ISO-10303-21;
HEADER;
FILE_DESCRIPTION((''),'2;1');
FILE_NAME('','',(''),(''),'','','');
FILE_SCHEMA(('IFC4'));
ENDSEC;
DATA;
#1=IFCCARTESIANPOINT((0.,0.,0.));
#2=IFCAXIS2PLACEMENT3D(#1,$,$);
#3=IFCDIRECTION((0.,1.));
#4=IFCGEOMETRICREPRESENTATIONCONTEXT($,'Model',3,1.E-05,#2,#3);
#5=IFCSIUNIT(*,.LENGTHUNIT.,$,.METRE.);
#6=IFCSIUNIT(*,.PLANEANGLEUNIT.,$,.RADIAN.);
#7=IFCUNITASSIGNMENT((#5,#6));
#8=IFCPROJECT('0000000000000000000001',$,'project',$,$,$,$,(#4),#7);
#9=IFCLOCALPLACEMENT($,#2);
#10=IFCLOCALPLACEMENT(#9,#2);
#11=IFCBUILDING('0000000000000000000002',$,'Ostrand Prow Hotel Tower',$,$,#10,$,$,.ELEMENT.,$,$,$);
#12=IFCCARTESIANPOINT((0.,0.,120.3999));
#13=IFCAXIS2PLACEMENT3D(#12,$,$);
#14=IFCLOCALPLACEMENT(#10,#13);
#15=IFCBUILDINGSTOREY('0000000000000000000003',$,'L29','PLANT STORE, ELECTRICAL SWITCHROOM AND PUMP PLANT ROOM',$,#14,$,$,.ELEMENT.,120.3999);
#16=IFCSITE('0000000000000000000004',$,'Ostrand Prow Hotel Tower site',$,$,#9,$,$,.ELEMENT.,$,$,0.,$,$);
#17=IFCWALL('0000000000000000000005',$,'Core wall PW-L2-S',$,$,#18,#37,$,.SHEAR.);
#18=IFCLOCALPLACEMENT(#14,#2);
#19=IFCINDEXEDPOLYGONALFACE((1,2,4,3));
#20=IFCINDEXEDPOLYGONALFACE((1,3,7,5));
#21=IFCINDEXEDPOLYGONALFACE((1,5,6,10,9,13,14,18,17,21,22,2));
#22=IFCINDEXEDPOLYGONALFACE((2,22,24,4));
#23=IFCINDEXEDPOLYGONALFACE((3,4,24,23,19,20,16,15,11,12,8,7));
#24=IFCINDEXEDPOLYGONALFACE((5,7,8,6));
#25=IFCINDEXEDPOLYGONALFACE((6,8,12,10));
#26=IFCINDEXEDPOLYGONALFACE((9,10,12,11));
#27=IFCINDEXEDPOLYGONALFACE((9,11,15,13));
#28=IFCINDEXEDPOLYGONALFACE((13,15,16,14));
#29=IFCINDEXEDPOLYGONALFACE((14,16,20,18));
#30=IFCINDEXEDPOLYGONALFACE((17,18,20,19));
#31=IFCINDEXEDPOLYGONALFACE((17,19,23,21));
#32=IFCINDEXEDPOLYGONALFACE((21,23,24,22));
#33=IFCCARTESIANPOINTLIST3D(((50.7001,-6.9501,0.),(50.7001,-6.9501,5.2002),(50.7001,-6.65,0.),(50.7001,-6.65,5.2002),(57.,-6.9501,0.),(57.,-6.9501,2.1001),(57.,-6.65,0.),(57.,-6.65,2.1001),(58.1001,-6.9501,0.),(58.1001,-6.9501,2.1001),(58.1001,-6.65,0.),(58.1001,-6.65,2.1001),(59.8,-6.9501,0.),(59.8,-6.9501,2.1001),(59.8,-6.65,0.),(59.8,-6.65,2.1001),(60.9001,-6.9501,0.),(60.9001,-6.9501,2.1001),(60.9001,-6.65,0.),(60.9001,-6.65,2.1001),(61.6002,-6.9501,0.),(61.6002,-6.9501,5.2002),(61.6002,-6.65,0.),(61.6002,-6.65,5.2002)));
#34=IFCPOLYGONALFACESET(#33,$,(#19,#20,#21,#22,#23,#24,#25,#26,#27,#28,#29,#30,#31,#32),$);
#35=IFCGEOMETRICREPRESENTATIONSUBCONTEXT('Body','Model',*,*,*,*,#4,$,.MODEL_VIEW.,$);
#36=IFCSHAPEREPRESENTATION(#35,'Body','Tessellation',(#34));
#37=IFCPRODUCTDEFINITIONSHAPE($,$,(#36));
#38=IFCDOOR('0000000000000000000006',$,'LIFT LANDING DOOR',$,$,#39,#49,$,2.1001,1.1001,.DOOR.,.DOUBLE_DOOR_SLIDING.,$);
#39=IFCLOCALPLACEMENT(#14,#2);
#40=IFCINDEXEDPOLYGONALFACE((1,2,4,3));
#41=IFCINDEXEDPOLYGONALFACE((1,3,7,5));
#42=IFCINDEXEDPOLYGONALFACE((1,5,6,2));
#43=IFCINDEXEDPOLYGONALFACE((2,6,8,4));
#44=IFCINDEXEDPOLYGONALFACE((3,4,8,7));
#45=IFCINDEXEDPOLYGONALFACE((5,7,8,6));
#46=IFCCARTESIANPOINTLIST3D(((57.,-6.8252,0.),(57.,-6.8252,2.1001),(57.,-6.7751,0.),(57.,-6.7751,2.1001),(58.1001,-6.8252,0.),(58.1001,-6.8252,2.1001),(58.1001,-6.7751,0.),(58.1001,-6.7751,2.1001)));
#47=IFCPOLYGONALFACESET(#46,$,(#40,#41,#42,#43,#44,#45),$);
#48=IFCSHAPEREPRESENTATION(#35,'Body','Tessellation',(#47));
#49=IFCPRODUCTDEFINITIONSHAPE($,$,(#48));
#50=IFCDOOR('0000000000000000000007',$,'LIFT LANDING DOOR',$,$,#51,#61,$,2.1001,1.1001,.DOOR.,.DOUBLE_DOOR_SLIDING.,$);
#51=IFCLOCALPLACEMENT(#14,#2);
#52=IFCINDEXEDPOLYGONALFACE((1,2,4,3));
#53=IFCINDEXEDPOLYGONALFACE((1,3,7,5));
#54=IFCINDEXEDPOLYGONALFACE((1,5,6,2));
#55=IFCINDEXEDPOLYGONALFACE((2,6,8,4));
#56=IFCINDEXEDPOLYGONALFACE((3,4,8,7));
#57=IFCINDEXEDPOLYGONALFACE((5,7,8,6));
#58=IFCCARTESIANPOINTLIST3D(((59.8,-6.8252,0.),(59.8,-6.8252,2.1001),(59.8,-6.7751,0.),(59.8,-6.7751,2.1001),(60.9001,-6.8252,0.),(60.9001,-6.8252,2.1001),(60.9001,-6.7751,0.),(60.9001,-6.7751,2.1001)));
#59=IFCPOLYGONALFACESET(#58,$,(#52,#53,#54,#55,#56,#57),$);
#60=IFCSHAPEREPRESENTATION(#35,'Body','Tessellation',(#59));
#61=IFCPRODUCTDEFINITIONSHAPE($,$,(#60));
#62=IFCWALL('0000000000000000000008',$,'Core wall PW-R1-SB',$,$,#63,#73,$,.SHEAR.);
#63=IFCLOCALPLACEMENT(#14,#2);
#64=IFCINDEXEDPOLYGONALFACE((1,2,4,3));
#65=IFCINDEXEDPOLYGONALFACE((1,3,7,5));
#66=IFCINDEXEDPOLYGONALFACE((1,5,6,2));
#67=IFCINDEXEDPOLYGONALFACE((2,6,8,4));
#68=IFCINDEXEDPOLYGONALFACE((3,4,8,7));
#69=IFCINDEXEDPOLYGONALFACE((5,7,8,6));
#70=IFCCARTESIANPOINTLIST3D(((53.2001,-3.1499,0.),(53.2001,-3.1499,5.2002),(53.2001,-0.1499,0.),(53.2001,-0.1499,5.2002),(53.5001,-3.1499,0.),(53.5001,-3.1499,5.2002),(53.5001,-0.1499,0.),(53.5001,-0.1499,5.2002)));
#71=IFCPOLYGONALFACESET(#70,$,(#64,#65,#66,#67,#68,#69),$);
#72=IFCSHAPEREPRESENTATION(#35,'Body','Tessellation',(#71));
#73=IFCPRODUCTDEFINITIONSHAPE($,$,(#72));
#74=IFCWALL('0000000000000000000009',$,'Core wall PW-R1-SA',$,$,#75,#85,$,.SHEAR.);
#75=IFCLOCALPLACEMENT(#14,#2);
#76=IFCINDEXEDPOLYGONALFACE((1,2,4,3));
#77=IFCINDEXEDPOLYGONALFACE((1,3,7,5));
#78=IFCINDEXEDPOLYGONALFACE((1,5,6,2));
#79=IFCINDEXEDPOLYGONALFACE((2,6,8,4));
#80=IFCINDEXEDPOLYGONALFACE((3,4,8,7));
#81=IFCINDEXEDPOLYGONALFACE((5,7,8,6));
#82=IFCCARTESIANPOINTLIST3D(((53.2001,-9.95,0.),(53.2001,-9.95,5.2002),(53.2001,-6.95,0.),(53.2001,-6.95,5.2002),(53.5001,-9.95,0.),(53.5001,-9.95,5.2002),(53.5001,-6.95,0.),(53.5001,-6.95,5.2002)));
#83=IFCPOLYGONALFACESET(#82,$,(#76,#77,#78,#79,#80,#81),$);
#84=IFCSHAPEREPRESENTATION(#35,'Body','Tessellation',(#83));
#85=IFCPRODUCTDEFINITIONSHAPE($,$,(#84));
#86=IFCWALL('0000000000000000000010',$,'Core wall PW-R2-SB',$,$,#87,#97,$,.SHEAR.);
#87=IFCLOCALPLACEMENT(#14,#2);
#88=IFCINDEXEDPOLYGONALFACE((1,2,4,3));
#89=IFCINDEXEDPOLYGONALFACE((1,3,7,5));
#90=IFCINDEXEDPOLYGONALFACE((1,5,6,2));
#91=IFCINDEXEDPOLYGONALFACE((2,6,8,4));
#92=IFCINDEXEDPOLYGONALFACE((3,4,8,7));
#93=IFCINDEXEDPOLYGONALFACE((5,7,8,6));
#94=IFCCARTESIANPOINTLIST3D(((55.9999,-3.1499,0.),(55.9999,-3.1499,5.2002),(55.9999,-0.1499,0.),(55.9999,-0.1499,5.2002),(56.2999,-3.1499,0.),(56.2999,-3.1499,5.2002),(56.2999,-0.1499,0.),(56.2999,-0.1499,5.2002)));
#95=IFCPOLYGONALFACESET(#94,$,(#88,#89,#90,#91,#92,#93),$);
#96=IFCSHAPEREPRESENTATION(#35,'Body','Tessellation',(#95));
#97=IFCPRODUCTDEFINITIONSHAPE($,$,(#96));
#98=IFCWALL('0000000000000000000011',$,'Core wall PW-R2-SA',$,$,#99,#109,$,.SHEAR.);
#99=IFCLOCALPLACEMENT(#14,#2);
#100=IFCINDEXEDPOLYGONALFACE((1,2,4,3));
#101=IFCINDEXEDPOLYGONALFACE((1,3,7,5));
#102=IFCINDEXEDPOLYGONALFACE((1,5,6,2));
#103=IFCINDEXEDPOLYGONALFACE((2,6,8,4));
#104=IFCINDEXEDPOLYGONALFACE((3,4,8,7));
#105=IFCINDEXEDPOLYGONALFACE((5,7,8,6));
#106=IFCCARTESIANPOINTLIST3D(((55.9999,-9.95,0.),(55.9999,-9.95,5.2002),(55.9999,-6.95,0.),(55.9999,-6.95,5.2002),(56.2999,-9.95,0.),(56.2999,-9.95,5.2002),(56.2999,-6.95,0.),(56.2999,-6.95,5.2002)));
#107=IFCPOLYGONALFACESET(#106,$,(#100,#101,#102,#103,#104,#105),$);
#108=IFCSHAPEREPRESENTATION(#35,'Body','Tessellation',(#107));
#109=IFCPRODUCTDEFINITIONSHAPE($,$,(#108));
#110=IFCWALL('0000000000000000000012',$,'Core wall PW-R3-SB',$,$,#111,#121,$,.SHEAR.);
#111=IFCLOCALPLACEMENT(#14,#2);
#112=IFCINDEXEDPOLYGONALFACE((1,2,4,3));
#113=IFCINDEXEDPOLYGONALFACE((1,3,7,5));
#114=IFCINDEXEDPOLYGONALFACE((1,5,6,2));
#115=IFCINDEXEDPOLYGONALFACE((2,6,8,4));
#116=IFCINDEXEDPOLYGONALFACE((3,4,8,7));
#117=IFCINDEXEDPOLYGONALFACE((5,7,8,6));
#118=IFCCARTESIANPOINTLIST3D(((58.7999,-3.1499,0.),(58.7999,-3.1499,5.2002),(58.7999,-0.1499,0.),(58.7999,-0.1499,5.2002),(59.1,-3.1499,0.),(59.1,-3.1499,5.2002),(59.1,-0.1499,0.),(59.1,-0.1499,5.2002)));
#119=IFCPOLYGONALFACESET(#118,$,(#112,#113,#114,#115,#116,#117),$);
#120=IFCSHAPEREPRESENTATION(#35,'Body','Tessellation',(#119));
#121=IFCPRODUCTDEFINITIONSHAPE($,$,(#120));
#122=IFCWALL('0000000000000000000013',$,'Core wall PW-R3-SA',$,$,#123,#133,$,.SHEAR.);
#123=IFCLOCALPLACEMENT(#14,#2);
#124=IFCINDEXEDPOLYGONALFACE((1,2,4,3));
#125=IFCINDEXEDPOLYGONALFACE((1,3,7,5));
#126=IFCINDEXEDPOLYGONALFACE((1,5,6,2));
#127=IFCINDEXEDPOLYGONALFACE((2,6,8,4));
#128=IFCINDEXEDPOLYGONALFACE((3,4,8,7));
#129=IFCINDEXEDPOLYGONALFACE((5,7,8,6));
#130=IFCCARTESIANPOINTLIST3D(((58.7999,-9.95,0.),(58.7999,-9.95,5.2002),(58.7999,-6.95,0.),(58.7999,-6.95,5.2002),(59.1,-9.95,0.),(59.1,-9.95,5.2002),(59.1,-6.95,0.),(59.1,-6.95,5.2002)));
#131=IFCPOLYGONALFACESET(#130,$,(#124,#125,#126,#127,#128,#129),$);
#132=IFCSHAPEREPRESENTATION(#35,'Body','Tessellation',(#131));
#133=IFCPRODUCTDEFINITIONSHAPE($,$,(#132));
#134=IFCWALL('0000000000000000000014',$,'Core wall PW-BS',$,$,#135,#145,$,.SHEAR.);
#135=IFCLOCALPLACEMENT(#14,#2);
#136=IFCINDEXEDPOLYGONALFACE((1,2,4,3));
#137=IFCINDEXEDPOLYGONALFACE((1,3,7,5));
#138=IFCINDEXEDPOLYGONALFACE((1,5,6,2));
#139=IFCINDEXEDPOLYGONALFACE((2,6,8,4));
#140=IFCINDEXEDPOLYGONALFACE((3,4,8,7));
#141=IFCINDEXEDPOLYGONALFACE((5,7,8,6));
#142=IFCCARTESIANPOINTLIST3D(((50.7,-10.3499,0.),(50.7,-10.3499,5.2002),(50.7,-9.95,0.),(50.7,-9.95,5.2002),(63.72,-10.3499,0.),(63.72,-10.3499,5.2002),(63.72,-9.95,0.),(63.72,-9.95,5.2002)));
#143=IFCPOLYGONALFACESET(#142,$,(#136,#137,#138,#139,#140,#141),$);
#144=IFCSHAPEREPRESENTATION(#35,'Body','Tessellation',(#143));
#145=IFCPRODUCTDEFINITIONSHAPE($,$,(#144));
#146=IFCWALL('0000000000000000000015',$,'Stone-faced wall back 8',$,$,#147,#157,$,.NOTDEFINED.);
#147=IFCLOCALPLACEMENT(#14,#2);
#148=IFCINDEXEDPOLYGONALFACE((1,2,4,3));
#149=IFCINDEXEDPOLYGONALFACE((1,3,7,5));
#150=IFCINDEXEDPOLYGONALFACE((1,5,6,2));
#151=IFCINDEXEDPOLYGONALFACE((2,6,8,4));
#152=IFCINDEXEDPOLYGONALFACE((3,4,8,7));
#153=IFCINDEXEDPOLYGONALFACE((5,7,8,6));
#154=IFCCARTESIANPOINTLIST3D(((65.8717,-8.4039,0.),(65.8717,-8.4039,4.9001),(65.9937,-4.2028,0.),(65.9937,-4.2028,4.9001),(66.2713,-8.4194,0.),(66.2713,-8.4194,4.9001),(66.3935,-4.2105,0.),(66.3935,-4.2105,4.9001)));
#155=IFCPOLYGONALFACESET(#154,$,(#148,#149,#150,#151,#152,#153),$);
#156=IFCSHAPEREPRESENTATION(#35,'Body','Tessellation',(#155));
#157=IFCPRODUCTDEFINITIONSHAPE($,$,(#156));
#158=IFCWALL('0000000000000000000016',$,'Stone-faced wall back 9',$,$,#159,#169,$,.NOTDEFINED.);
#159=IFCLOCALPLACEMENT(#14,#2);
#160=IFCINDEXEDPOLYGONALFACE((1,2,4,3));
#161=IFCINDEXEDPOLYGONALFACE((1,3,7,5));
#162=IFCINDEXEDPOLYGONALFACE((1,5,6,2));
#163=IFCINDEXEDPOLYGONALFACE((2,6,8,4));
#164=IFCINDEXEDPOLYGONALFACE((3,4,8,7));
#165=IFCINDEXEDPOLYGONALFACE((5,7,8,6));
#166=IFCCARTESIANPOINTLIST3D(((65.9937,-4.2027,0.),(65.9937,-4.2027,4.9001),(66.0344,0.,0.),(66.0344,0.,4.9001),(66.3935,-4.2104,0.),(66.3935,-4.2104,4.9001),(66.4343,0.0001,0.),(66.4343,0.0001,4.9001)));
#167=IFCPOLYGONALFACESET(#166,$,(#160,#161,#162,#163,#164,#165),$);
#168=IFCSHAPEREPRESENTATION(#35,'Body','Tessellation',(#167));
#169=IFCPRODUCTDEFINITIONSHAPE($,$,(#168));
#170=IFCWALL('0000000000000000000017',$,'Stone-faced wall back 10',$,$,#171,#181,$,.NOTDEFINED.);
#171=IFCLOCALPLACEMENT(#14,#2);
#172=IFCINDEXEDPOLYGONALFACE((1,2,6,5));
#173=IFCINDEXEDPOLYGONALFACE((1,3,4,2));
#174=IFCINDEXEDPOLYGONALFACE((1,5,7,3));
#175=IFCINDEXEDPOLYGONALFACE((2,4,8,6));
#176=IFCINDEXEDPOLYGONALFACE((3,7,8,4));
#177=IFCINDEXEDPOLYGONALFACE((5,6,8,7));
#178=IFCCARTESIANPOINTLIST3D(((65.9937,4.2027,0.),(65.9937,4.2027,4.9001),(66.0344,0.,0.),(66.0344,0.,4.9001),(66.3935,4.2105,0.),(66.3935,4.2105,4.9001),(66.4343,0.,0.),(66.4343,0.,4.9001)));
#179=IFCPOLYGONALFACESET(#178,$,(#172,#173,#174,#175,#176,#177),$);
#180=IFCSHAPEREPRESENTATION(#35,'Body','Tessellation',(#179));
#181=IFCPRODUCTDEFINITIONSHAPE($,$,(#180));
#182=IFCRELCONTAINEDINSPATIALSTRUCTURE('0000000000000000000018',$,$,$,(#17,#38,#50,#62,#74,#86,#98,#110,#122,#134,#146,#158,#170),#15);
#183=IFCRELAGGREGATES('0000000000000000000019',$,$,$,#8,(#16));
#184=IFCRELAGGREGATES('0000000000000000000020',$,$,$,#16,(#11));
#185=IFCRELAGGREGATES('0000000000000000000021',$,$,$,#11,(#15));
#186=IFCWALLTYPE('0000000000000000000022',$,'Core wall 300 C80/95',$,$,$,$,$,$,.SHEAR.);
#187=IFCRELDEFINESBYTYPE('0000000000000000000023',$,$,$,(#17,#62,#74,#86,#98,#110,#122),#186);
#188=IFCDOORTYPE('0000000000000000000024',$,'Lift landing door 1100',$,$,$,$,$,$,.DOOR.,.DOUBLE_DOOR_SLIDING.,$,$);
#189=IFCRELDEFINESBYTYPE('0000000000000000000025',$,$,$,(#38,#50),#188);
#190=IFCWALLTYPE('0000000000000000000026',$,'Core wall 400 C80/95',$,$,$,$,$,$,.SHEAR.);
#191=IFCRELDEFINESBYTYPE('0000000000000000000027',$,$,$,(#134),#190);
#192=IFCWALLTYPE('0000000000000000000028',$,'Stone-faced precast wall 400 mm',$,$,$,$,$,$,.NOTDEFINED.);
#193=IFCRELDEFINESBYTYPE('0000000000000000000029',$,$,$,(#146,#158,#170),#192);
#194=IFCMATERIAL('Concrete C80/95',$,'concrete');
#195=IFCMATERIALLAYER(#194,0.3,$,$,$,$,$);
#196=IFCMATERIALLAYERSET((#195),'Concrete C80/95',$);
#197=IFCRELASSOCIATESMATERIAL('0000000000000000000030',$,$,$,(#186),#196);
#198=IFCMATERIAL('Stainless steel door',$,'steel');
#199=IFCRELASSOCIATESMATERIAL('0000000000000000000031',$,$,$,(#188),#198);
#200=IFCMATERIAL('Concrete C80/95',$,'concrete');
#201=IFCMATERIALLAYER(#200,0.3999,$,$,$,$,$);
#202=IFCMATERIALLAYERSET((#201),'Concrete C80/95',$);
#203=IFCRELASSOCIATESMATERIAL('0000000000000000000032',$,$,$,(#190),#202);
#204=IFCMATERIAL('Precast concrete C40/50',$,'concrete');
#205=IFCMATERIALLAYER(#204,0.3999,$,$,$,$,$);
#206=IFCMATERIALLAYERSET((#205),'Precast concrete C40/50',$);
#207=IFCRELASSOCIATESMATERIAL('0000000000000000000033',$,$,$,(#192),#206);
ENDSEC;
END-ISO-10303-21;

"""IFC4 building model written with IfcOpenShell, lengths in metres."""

from ifc_helpers import new_model, si_unit, direction, frame, frame_2d, origin, place, context, subcontext, project, spatial, polyline, rectangle, outline, extrude, material, layer, layer_set, type_object, element, fill, save


model = new_model("IFC4")

# Units and contexts
model_context = context("Model", 3, precision=1e-05, world=origin(), true_north=direction((0.0, 1.0)))
body_context = subcontext(model_context, "Body", "Model", "MODEL_VIEW")
ifc_project = project(units=[si_unit("LENGTHUNIT", "METRE"), si_unit("PLANEANGLEUNIT", "RADIAN")], contexts=[model_context])

# Site, building, storey
site_placement = place(None, origin())
site = spatial("IfcSite", under=ifc_project, at=site_placement, Name="Ostrand Prow Hotel Tower site", CompositionType="ELEMENT", RefElevation=0.0)
building_placement = place(site_placement, origin())
building = spatial("IfcBuilding", under=site, at=building_placement, Name="Ostrand Prow Hotel Tower", CompositionType="ELEMENT")
storey_placement = place(building_placement, frame((0.0, 0.0, 120.3999)))
storey = spatial("IfcBuildingStorey", under=building, at=storey_placement, Name="L29", Description="PLANT STORE, ELECTRICAL SWITCHROOM AND PUMP PLANT ROOM", CompositionType="ELEMENT", Elevation=120.3999)

# Shared definitions
ifc_material_1 = material(Name="Concrete C80/95", Category="concrete")
ifc_layer_1 = layer(ifc_material_1, 0.3)
ifc_layer_set_1 = layer_set([ifc_layer_1], Name="Concrete C80/95")
wall_type_1 = type_object("IfcWallType", Name="Core wall 300 C80/95", PredefinedType="SHEAR", material=ifc_layer_set_1)

# Wall, openings, doors
wall_1_placement = place(storey_placement, frame((50.7, -6.8, 0.0), z_axis=(0.0, 0.0, 1.0), x_axis=(1.0, 0.0, 0.0)))
wall_1 = element("IfcWall", 1, at=wall_1_placement, inside=storey, type_object=wall_type_1, Name="Core wall PW-L2-S", PredefinedType="SHEAR", context=body_context, shape_type="SweptSolid", body=[
    extrude(rectangle(XDim=10.9001, YDim=0.3, at=frame_2d((5.4502, 0.0))), origin(), (0.0, 0.0, 1.0), 5.2002),
])
opening_1_placement = place(wall_1_placement, frame((6.3, 0.0, 0.0)))
opening_1 = element("IfcOpeningElement", 2, at=opening_1_placement, cuts=wall_1, PredefinedType="OPENING", context=body_context, shape_type="SweptSolid", body=[
    extrude(rectangle(XDim=1.1001, YDim=2.1001, at=frame_2d((0.55, 1.05))), frame((0.0, 0.1599, 0.0), z_axis=(0.0, -1.0, 0.0), x_axis=(1.0, 0.0, 0.0)), (0.0, 0.0, 1.0), 0.3201),
])
opening_2_placement = place(wall_1_placement, frame((9.1001, 0.0, 0.0)))
opening_2 = element("IfcOpeningElement", 3, at=opening_2_placement, cuts=wall_1, PredefinedType="OPENING", context=body_context, shape_type="SweptSolid", body=[
    extrude(rectangle(XDim=1.1001, YDim=2.1001, at=frame_2d((0.55, 1.05))), frame((0.0, 0.1599, 0.0), z_axis=(0.0, -1.0, 0.0), x_axis=(1.0, 0.0, 0.0)), (0.0, 0.0, 1.0), 0.3201),
])
ifc_material_2 = material(Name="Stainless steel door", Category="steel")
door_type_1 = type_object("IfcDoorType", Name="Lift landing door 1100", OperationType="DOUBLE_DOOR_SLIDING", PredefinedType="DOOR", material=ifc_material_2)
door_1_placement = place(opening_1_placement, origin())
door_1 = element("IfcDoor", 4, at=door_1_placement, inside=storey, type_object=door_type_1, Name="LIFT LANDING DOOR", OperationType="DOUBLE_DOOR_SLIDING", OverallHeight=2.1001, OverallWidth=1.1001, PredefinedType="DOOR", context=body_context, shape_type="SweptSolid", body=[
    extrude(rectangle(XDim=1.1001, YDim=2.1001, at=frame_2d((0.55, 1.05))), frame((0.0, 0.0249, 0.0), z_axis=(0.0, -1.0, 0.0), x_axis=(1.0, 0.0, 0.0)), (0.0, 0.0, 1.0), 0.05),
])
fill(opening_1, door_1)
door_2_placement = place(opening_2_placement, origin())
door_2 = element("IfcDoor", 5, at=door_2_placement, inside=storey, type_object=door_type_1, Name="LIFT LANDING DOOR", OperationType="DOUBLE_DOOR_SLIDING", OverallHeight=2.1001, OverallWidth=1.1001, PredefinedType="DOOR", context=body_context, shape_type="SweptSolid", body=[
    extrude(rectangle(XDim=1.1001, YDim=2.1001, at=frame_2d((0.55, 1.05))), frame((0.0, 0.0249, 0.0), z_axis=(0.0, -1.0, 0.0), x_axis=(1.0, 0.0, 0.0)), (0.0, 0.0, 1.0), 0.05),
])
fill(opening_2, door_2)

# Walls
for number, where, z_axis, x_axis, name in (
    (6, (53.3501, -3.1499, 0.0), (0.0, 0.0, 1.0), (0.0, 1.0, 0.0), "Core wall PW-R1-SB"),
    (7, (53.3501, -9.95, 0.0), (0.0, 0.0, 1.0), (0.0, 1.0, 0.0), "Core wall PW-R1-SA"),
    (8, (56.1499, -3.1499, 0.0), (0.0, 0.0, 1.0), (0.0, 1.0, 0.0), "Core wall PW-R2-SB"),
    (9, (56.1499, -9.95, 0.0), (0.0, 0.0, 1.0), (0.0, 1.0, 0.0), "Core wall PW-R2-SA"),
    (10, (58.95, -3.1499, 0.0), (0.0, 0.0, 1.0), (0.0, 1.0, 0.0), "Core wall PW-R3-SB"),
    (11, (58.95, -9.95, 0.0), (0.0, 0.0, 1.0), (0.0, 1.0, 0.0), "Core wall PW-R3-SA"),
):
    element("IfcWall", number, at=place(storey_placement, frame(where, z_axis=z_axis, x_axis=x_axis)), inside=storey, type_object=wall_type_1, Name=name, PredefinedType="SHEAR", context=body_context, shape_type="SweptSolid", body=[
        extrude(rectangle(XDim=3.0, YDim=0.3, at=frame_2d((1.5, 0.0))), origin(), (0.0, 0.0, 1.0), 5.2002),
    ])
ifc_material_3 = material(Name="Concrete C80/95", Category="concrete")
ifc_layer_2 = layer(ifc_material_3, 0.3999)
ifc_layer_set_2 = layer_set([ifc_layer_2], Name="Concrete C80/95")
wall_type_2 = type_object("IfcWallType", Name="Core wall 400 C80/95", PredefinedType="SHEAR", material=ifc_layer_set_2)
wall_2_placement = place(storey_placement, frame((50.7, -10.1499, 0.0), z_axis=(0.0, 0.0, 1.0), x_axis=(1.0, 0.0, 0.0)))
element("IfcWall", 12, at=wall_2_placement, inside=storey, type_object=wall_type_2, Name="Core wall PW-BS", PredefinedType="SHEAR", context=body_context, shape_type="SweptSolid", body=[
    extrude(rectangle(XDim=13.02, YDim=0.3999, at=frame_2d((6.51, 0.0))), origin(), (0.0, 0.0, 1.0), 5.2002),
])
ifc_material_4 = material(Name="Precast concrete C40/50", Category="concrete")
ifc_layer_3 = layer(ifc_material_4, 0.3999)
ifc_layer_set_3 = layer_set([ifc_layer_3], Name="Precast concrete C40/50")
wall_type_3 = type_object("IfcWallType", Name="Stone-faced precast wall 400 mm", PredefinedType="NOTDEFINED", material=ifc_layer_set_3)
for number, where, z_axis, x_axis, name in (
    (13, (66.0715, -8.4116, 0.0), (0.0, 0.0, 1.0), (0.029017, 0.999579, 0.0), "Stone-faced wall back 8"),
    (14, (66.1936, -4.2065, 0.0), (0.0, 0.0, 1.0), (0.009692, 0.999953, 0.0), "Stone-faced wall back 9"),
    (15, (66.2344, 0.0, 0.0), (0.0, 0.0, 1.0), (-0.009692, 0.999953, 0.0), "Stone-faced wall back 10"),
):
    element("IfcWall", number, at=place(storey_placement, frame(where, z_axis=z_axis, x_axis=x_axis)), inside=storey, type_object=wall_type_3, Name=name, PredefinedType="NOTDEFINED", context=body_context, shape_type="SweptSolid", body=[
        extrude(outline(polyline([(-0.002, -0.2), (4.2087, -0.2), (4.2048, 0.2), (0.002, 0.2), (-0.002, -0.2)])), origin(), (0.0, 0.0, 1.0), 4.9001),
    ])

save(model, "model.ifc")
